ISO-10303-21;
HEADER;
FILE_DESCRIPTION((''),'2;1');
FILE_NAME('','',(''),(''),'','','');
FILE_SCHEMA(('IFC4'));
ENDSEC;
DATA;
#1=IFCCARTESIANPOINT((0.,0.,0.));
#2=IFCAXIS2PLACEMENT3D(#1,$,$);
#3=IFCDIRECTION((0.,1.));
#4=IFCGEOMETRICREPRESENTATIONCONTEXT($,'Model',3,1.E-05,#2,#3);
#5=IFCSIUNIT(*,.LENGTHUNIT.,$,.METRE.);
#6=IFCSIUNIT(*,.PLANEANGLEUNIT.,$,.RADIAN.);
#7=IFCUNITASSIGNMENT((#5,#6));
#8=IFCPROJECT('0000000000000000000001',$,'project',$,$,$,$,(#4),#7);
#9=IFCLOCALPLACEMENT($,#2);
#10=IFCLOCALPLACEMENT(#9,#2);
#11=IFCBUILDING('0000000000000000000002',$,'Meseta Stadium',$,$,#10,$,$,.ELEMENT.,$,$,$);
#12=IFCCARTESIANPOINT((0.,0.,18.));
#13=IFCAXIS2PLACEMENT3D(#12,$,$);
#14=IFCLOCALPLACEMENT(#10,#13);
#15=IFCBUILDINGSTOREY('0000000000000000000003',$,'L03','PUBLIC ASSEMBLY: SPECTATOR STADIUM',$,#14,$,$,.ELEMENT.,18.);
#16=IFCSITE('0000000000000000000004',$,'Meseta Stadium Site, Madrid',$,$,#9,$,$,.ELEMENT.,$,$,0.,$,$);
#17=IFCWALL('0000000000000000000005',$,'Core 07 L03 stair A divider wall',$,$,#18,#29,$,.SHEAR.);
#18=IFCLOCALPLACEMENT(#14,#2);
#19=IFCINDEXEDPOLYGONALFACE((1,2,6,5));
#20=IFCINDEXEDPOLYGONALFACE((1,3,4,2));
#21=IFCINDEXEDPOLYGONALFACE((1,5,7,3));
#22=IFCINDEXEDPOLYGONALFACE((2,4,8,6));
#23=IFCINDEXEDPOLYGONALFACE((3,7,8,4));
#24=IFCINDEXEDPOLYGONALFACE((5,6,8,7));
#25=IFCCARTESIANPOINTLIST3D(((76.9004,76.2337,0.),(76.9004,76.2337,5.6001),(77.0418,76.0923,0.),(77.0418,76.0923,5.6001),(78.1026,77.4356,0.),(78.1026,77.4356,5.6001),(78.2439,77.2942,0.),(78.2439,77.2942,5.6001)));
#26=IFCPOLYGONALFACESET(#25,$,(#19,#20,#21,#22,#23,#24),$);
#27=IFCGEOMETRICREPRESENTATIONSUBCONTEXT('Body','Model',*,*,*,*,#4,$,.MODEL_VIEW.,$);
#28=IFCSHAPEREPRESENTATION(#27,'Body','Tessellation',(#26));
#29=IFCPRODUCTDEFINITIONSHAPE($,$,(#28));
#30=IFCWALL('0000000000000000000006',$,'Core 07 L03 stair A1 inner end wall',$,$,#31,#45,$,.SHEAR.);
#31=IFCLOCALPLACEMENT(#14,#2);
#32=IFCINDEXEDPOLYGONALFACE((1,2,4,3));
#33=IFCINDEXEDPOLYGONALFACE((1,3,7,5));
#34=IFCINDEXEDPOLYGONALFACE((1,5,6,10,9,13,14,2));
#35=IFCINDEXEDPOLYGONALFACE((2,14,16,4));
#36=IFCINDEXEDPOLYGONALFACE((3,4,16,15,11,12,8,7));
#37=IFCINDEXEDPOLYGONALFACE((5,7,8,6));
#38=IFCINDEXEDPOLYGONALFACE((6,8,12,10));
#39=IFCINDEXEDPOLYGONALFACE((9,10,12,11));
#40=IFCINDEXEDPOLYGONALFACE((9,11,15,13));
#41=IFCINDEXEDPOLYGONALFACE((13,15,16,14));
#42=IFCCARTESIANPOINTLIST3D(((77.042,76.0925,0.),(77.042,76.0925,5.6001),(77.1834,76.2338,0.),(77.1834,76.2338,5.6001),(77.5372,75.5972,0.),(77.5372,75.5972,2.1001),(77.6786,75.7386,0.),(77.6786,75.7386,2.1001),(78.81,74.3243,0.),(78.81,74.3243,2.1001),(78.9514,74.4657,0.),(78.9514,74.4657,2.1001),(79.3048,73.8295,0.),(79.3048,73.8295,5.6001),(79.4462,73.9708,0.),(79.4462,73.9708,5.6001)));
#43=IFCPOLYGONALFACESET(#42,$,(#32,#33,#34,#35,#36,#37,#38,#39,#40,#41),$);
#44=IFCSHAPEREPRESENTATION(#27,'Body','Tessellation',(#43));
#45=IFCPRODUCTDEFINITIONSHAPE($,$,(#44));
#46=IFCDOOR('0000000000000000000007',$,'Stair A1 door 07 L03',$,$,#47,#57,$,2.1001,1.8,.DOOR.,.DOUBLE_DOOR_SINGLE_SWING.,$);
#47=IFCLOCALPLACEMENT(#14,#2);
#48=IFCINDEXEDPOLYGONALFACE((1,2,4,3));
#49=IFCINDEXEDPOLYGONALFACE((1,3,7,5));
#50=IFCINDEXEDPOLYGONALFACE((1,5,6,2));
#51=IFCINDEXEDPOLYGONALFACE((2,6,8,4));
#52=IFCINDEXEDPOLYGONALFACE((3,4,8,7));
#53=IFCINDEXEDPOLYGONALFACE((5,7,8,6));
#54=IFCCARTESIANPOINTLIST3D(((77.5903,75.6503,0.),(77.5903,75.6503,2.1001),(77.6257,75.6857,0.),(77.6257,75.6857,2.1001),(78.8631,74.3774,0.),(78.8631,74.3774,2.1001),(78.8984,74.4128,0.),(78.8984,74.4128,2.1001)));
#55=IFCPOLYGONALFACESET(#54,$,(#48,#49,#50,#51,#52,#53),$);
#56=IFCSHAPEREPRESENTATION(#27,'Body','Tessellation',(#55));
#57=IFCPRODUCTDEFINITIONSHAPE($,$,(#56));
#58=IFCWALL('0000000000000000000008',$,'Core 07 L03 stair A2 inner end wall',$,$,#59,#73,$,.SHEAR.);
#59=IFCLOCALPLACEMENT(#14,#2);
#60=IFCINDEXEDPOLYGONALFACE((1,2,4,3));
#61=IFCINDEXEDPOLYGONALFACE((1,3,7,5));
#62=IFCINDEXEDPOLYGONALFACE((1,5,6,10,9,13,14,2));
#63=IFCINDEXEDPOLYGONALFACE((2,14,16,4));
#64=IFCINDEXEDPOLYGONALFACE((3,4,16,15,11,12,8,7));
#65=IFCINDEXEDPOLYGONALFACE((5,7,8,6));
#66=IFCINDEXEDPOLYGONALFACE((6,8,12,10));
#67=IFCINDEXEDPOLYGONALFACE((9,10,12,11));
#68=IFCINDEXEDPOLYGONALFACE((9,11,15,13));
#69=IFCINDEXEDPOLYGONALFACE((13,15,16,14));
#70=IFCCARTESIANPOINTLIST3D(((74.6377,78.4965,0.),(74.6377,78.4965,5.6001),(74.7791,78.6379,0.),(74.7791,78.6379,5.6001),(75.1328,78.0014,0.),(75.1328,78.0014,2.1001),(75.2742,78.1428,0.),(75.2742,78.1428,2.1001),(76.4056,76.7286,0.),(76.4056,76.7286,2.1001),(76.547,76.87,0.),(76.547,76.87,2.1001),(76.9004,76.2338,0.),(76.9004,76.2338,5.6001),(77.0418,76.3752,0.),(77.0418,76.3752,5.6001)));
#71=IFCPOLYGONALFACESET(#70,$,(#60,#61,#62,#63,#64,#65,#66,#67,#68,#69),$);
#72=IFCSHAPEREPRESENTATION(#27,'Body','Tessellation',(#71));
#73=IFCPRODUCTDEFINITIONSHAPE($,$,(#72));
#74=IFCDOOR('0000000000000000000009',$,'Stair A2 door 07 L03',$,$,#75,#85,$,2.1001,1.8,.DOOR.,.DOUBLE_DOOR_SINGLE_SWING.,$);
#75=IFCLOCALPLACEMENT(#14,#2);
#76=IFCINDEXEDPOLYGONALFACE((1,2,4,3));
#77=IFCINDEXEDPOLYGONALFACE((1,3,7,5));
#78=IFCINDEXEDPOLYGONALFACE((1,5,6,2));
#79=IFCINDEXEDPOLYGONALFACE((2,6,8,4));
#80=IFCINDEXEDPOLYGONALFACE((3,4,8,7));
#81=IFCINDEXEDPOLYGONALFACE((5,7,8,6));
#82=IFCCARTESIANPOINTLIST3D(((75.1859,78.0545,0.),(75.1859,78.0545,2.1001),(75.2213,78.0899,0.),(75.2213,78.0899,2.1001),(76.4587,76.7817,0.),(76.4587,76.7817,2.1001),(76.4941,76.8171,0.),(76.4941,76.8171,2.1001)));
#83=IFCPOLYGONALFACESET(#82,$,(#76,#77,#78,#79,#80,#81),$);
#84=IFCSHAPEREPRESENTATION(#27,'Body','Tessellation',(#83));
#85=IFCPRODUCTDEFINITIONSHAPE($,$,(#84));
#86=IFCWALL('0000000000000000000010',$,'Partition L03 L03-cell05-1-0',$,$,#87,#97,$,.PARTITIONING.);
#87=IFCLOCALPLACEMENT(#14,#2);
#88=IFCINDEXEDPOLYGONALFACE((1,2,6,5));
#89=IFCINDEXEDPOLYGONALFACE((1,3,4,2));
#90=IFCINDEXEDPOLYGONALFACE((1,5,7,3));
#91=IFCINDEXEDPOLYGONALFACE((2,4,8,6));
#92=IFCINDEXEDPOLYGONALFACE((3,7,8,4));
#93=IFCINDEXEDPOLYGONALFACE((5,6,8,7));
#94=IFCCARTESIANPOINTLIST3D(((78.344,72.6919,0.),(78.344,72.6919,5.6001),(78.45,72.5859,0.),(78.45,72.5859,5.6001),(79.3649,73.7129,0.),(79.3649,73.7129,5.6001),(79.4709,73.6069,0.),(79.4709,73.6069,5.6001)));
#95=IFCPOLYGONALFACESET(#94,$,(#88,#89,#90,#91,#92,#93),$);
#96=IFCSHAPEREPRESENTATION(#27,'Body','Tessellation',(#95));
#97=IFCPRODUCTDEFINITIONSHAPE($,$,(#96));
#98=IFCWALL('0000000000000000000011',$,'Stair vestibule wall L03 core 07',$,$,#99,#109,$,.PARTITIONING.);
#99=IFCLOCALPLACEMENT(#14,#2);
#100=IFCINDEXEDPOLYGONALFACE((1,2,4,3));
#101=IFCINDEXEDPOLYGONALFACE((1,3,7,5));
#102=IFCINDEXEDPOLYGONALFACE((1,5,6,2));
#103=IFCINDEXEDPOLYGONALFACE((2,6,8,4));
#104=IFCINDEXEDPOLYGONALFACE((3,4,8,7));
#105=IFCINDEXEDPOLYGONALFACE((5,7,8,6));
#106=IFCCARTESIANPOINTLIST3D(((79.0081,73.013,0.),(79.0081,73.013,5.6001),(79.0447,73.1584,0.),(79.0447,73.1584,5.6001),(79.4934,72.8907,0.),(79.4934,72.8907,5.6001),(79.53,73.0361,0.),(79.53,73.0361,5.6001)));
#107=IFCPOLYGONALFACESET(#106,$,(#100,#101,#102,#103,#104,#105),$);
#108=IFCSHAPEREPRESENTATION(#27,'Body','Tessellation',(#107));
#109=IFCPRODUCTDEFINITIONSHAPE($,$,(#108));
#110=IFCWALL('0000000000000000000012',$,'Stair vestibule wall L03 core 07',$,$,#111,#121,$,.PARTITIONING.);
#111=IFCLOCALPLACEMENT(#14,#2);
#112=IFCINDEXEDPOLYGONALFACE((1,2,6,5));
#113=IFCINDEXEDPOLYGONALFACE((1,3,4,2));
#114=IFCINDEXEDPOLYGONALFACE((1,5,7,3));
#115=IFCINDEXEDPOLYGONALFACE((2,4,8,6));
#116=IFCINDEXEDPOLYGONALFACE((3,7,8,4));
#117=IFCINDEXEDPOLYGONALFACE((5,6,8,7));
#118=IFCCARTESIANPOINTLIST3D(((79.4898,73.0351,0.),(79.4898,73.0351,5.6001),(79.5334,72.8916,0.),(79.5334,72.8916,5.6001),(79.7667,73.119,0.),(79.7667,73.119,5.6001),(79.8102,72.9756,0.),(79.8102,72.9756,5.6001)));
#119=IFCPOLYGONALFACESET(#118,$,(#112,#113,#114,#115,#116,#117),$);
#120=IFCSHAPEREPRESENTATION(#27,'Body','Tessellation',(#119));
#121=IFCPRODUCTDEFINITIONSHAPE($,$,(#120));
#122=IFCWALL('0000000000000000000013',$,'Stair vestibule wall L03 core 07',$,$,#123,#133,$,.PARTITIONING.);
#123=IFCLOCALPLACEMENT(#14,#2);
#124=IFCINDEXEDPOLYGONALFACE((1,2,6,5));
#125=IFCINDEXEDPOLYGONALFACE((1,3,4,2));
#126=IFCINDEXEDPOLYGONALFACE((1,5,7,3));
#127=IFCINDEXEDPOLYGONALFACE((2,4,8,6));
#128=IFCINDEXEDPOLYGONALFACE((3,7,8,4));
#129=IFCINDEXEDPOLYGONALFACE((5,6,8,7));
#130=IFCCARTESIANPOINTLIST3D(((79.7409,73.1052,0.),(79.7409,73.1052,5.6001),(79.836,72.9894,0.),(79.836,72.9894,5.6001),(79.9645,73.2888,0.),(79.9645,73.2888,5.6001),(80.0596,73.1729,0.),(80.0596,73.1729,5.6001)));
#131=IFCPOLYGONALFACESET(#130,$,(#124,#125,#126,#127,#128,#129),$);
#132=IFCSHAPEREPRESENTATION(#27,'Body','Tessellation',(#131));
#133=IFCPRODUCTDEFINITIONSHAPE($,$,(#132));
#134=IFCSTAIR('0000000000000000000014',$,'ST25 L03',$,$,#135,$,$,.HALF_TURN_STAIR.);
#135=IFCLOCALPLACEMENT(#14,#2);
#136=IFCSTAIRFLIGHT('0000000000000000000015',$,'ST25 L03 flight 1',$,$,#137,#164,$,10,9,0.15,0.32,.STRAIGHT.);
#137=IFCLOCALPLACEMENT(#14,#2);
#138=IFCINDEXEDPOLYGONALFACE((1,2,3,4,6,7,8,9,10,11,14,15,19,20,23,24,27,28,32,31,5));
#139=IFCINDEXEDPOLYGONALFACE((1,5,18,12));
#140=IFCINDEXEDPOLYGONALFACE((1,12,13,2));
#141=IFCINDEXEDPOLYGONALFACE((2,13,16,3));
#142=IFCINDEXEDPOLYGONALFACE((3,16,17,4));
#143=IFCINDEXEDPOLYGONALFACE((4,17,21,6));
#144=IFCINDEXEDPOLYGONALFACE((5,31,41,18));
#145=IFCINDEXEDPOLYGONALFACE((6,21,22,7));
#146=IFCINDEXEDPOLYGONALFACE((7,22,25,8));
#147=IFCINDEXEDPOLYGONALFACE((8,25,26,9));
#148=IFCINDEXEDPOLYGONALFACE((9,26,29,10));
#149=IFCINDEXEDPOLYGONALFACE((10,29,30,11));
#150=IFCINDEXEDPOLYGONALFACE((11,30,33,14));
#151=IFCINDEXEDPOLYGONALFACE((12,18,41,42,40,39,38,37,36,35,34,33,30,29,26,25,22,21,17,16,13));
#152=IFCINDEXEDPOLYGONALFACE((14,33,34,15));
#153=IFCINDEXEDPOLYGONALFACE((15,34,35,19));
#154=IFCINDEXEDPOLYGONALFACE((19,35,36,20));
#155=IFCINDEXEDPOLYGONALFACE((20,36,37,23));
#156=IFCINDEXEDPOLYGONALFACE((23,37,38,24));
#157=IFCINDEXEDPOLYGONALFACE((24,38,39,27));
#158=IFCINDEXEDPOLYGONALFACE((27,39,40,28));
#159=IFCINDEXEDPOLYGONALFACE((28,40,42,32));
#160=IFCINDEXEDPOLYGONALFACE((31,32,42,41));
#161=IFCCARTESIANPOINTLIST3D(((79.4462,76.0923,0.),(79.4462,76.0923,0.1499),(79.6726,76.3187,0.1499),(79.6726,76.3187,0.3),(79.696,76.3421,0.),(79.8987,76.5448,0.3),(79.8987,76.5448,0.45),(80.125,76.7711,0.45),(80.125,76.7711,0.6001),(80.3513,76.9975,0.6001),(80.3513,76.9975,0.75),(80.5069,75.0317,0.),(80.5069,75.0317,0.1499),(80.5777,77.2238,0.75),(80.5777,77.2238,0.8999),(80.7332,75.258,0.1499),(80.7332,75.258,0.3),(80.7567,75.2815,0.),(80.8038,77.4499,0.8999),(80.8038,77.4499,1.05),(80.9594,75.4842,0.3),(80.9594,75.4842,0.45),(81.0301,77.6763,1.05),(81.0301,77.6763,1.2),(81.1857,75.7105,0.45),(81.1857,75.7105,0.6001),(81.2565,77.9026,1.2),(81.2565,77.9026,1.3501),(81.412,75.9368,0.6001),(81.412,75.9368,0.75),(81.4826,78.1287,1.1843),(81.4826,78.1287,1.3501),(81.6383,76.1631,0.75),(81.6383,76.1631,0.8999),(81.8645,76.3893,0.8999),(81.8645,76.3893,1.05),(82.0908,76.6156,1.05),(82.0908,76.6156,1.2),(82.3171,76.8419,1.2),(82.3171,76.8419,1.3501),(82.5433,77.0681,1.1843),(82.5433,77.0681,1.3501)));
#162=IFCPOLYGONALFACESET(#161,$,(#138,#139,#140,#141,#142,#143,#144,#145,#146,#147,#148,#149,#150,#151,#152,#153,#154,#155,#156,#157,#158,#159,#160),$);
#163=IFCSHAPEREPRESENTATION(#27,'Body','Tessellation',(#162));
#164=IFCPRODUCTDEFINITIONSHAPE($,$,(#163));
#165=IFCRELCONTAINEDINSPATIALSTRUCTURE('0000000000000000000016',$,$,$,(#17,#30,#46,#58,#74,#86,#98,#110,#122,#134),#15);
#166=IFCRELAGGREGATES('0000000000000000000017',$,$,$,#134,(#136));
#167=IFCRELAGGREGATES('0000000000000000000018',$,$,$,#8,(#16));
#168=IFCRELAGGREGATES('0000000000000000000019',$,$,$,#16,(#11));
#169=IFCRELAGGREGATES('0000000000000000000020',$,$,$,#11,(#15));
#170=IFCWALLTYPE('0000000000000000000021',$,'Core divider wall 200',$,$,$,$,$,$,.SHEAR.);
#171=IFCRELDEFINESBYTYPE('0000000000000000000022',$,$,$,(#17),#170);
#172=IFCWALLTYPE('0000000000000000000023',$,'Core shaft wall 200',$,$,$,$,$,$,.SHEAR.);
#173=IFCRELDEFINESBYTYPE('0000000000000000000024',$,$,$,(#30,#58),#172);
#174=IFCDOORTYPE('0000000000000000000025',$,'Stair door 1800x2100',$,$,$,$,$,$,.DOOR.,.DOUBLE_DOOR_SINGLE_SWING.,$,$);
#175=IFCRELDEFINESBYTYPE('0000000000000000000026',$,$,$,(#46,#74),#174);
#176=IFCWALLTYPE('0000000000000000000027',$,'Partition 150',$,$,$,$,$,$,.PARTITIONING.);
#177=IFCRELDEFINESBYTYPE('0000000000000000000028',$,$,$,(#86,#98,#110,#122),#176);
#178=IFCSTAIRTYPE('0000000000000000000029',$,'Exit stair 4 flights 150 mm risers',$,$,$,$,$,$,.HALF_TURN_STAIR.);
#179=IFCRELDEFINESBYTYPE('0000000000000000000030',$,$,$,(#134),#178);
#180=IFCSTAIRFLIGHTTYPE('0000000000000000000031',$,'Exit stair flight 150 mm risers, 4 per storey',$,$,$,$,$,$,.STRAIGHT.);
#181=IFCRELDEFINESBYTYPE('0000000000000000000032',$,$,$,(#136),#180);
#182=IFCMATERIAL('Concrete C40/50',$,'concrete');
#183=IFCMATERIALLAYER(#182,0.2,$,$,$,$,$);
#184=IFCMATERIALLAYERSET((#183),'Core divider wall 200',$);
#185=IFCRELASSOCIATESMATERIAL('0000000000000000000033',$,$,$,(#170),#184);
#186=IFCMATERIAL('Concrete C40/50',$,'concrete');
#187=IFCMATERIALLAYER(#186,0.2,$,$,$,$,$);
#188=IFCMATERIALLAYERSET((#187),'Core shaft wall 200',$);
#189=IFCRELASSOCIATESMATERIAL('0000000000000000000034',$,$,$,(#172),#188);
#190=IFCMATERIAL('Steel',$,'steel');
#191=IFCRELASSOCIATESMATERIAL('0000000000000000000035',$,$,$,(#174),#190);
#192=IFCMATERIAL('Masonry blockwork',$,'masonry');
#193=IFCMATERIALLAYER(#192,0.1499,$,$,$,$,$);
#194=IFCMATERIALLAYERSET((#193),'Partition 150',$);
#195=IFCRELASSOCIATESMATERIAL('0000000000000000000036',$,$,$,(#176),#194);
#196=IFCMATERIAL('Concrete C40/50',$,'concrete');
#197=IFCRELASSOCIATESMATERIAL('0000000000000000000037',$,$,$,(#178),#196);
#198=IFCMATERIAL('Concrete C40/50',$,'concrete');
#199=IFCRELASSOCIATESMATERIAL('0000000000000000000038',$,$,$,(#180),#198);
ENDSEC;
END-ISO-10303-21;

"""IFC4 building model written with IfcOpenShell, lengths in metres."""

from ifc_helpers import new_model, si_unit, direction, frame, frame_2d, origin, place, context, subcontext, project, spatial, polyline, rectangle, outline, extrude, material, layer, layer_set, type_object, element, fill, aggregate, save


model = new_model("IFC4")

# Units and contexts
model_context = context("Model", 3, precision=1e-05, world=origin(), true_north=direction((0.0, 1.0)))
body_context = subcontext(model_context, "Body", "Model", "MODEL_VIEW")
ifc_project = project(units=[si_unit("LENGTHUNIT", "METRE"), si_unit("PLANEANGLEUNIT", "RADIAN")], contexts=[model_context])

# Site, building, storey
site_placement = place(None, origin())
site = spatial("IfcSite", under=ifc_project, at=site_placement, Name="Meseta Stadium Site, Madrid", CompositionType="ELEMENT", RefElevation=0.0)
building_placement = place(site_placement, origin())
building = spatial("IfcBuilding", under=site, at=building_placement, Name="Meseta Stadium", CompositionType="ELEMENT")
storey_placement = place(building_placement, frame((0.0, 0.0, 18.0)))
storey = spatial("IfcBuildingStorey", under=building, at=storey_placement, Name="L03", Description="PUBLIC ASSEMBLY: SPECTATOR STADIUM", CompositionType="ELEMENT", Elevation=18.0)

# Wall
ifc_material_1 = material(Name="Concrete C40/50", Category="concrete")
ifc_layer_1 = layer(ifc_material_1, 0.2)
ifc_layer_set_1 = layer_set([ifc_layer_1], Name="Core divider wall 200")
wall_type_1 = type_object("IfcWallType", Name="Core divider wall 200", PredefinedType="SHEAR", material=ifc_layer_set_1)
wall_1_placement = place(storey_placement, frame((78.1733, 77.365, 0.0), z_axis=(0.0, 0.0, 1.0), x_axis=(-0.707179, -0.707035, 0.0)))
element("IfcWall", 1, at=wall_1_placement, inside=storey, type_object=wall_type_1, Name="Core 07 L03 stair A divider wall", PredefinedType="SHEAR", context=body_context, shape_type="SweptSolid", body=[
    extrude(rectangle(XDim=1.7, YDim=0.2, at=frame_2d((0.8501, 0.0))), origin(), (0.0, 0.0, 1.0), 5.6001),
])

# Walls, openings, doors
ifc_material_2 = material(Name="Concrete C40/50", Category="concrete")
ifc_layer_2 = layer(ifc_material_2, 0.2)
ifc_layer_set_2 = layer_set([ifc_layer_2], Name="Core shaft wall 200")
wall_type_2 = type_object("IfcWallType", Name="Core shaft wall 200", PredefinedType="SHEAR", material=ifc_layer_set_2)
wall_2_placement = place(storey_placement, frame((79.3755, 73.9001, 0.0), z_axis=(0.0, 0.0, 1.0), x_axis=(-0.707069, 0.707145, 0.0)))
wall_2 = element("IfcWall", 2, at=wall_2_placement, inside=storey, type_object=wall_type_2, Name="Core 07 L03 stair A1 inner end wall", PredefinedType="SHEAR", context=body_context, shape_type="SweptSolid", body=[
    extrude(rectangle(XDim=3.2002, YDim=0.2, at=frame_2d((1.6001, 0.0))), origin(), (0.0, 0.0, 1.0), 5.6001),
])
opening_1_placement = place(wall_2_placement, frame((0.7, 0.0, 0.0)))
opening_1 = element("IfcOpeningElement", 3, at=opening_1_placement, cuts=wall_2, PredefinedType="OPENING", context=body_context, shape_type="SweptSolid", body=[
    extrude(rectangle(XDim=1.8, YDim=2.1001, at=frame_2d((0.8999, 1.05))), frame((0.0, 0.1099, 0.0), z_axis=(0.0, -1.0, 0.0), x_axis=(1.0, 0.0, 0.0)), (0.0, 0.0, 1.0), 0.22),
])
ifc_material_3 = material(Name="Steel", Category="steel")
door_type = type_object("IfcDoorType", Name="Stair door 1800x2100", OperationType="DOUBLE_DOOR_SINGLE_SWING", PredefinedType="DOOR", material=ifc_material_3)
door_1_placement = place(opening_1_placement, origin())
door_1 = element("IfcDoor", 4, at=door_1_placement, inside=storey, type_object=door_type, Name="Stair A1 door 07 L03", OperationType="DOUBLE_DOOR_SINGLE_SWING", OverallHeight=2.1001, OverallWidth=1.8, PredefinedType="DOOR", context=body_context, shape_type="SweptSolid", body=[
    extrude(rectangle(XDim=1.8, YDim=2.1001, at=frame_2d((0.8999, 1.05))), frame((0.0, 0.0249, 0.0), z_axis=(0.0, -1.0, 0.0), x_axis=(1.0, 0.0, 0.0)), (0.0, 0.0, 1.0), 0.05),
])
fill(opening_1, door_1)
wall_3_placement = place(storey_placement, frame((76.9712, 76.3044, 0.0), z_axis=(0.0, 0.0, 1.0), x_axis=(-0.707107, 0.707107, 0.0)))
wall_3 = element("IfcWall", 5, at=wall_3_placement, inside=storey, type_object=wall_type_2, Name="Core 07 L03 stair A2 inner end wall", PredefinedType="SHEAR", context=body_context, shape_type="SweptSolid", body=[
    extrude(rectangle(XDim=3.2, YDim=0.2, at=frame_2d((1.6001, 0.0))), origin(), (0.0, 0.0, 1.0), 5.6001),
])
opening_2_placement = place(wall_3_placement, frame((0.7, 0.0, 0.0)))
opening_2 = element("IfcOpeningElement", 6, at=opening_2_placement, cuts=wall_3, PredefinedType="OPENING", context=body_context, shape_type="SweptSolid", body=[
    extrude(rectangle(XDim=1.8, YDim=2.1001, at=frame_2d((0.8999, 1.05))), frame((0.0, 0.1099, 0.0), z_axis=(0.0, -1.0, 0.0), x_axis=(1.0, 0.0, 0.0)), (0.0, 0.0, 1.0), 0.22),
])
door_2_placement = place(opening_2_placement, origin())
door_2 = element("IfcDoor", 7, at=door_2_placement, inside=storey, type_object=door_type, Name="Stair A2 door 07 L03", OperationType="DOUBLE_DOOR_SINGLE_SWING", OverallHeight=2.1001, OverallWidth=1.8, PredefinedType="DOOR", context=body_context, shape_type="SweptSolid", body=[
    extrude(rectangle(XDim=1.8, YDim=2.1001, at=frame_2d((0.8999, 1.05))), frame((0.0, 0.0249, 0.0), z_axis=(0.0, -1.0, 0.0), x_axis=(1.0, 0.0, 0.0)), (0.0, 0.0, 1.0), 0.05),
])
fill(opening_2, door_2)

# Walls
ifc_material_4 = material(Name="Masonry blockwork", Category="masonry")
ifc_layer_3 = layer(ifc_material_4, 0.1499)
ifc_layer_set_3 = layer_set([ifc_layer_3], Name="Partition 150")
wall_type_3 = type_object("IfcWallType", Name="Partition 150", PredefinedType="PARTITIONING", material=ifc_layer_set_3)
wall_4_placement = place(storey_placement, frame((78.397, 72.6389, 0.0), z_axis=(0.0, 0.0, 1.0), x_axis=(0.707107, 0.707107, 0.0)))
element("IfcWall", 8, at=wall_4_placement, inside=storey, type_object=wall_type_3, Name="Partition L03 L03-cell05-1-0", PredefinedType="PARTITIONING", context=body_context, shape_type="SweptSolid", body=[
    extrude(rectangle(XDim=1.4438, YDim=0.1499, at=frame_2d((0.7219, 0.0))), origin(), (0.0, 0.0, 1.0), 5.6001),
])
wall_5_placement = place(storey_placement, frame((79.0264, 73.0857, 0.0), z_axis=(0.0, 0.0, 1.0), x_axis=(0.969682, -0.244371, 0.0)))
element("IfcWall", 9, at=wall_5_placement, inside=storey, type_object=wall_type_3, Name="Stair vestibule wall L03 core 07", PredefinedType="PARTITIONING", context=body_context, shape_type="SweptSolid", body=[
    extrude(rectangle(XDim=0.5005, YDim=0.1499, at=frame_2d((0.2502, 0.0))), origin(), (0.0, 0.0, 1.0), 5.6001),
])
for number, where, z_axis, x_axis, name in (
    (10, (79.5117, 72.9634, 0.0), (0.0, 0.0, 1.0), (0.956939, 0.290288, 0.0), "Stair vestibule wall L03 core 07"),
    (11, (79.7886, 73.0474, 0.0), (0.0, 0.0, 1.0), (0.772904, 0.634523, 0.0), "Stair vestibule wall L03 core 07"),
):
    element("IfcWall", number, at=place(storey_placement, frame(where, z_axis=z_axis, x_axis=x_axis)), inside=storey, type_object=wall_type_3, Name=name, PredefinedType="PARTITIONING", context=body_context, shape_type="SweptSolid", body=[
        extrude(rectangle(XDim=0.2893, YDim=0.1499, at=frame_2d((0.1445, 0.0))), origin(), (0.0, 0.0, 1.0), 5.6001),
    ])

# Stair, stair flight
ifc_material_5 = material(Name="Concrete C40/50", Category="concrete")
stair_type = type_object("IfcStairType", Name="Exit stair 4 flights 150 mm risers", PredefinedType="HALF_TURN_STAIR", material=ifc_material_5)
stair_1_placement = place(storey_placement, origin())
stair_1 = element("IfcStair", 12, at=stair_1_placement, inside=storey, type_object=stair_type, Name="ST25 L03", PredefinedType="HALF_TURN_STAIR")
ifc_material_6 = material(Name="Concrete C40/50", Category="concrete")
stair_flight_type = type_object("IfcStairFlightType", Name="Exit stair flight 150 mm risers, 4 per storey", PredefinedType="STRAIGHT", material=ifc_material_6)
stair_flight_1_placement = place(storey_placement, frame((79.9766, 75.562, 0.0), z_axis=(0.0, 0.0, 1.0), x_axis=(0.707107, 0.707107, 0.0)))
stair_flight_1 = element("IfcStairFlight", 13, at=stair_flight_1_placement, type_object=stair_flight_type, Name="ST25 L03 flight 1", NumberOfRisers=10, NumberOfTreads=9, PredefinedType="STRAIGHT", RiserHeight=0.15, TreadLength=0.32, context=body_context, shape_type="SweptSolid", body=[
    extrude(outline(polyline([(0.0, 0.0), (0.0, 0.1499), (0.3201, 0.1499), (0.3201, 0.3), (0.6399, 0.3), (0.6399, 0.45), (0.96, 0.45), (0.96, 0.6001), (1.28, 0.6001), (1.28, 0.75), (1.6001, 0.75), (1.6001, 0.8999), (1.9199, 0.8999), (1.9199, 1.05), (2.24, 1.05), (2.24, 1.2), (2.5601, 1.2), (2.5601, 1.3501), (2.8799, 1.3501), (2.8799, 1.1843), (0.3533, 0.0), (0.0, 0.0)])), frame((0.0, 0.75, 0.0), z_axis=(0.0, -1.0, 0.0), x_axis=(1.0, 0.0, 0.0)), (0.0, 0.0, 1.0), 1.5),
])
aggregate(stair_1, [stair_flight_1])

save(model, "model.ifc")
